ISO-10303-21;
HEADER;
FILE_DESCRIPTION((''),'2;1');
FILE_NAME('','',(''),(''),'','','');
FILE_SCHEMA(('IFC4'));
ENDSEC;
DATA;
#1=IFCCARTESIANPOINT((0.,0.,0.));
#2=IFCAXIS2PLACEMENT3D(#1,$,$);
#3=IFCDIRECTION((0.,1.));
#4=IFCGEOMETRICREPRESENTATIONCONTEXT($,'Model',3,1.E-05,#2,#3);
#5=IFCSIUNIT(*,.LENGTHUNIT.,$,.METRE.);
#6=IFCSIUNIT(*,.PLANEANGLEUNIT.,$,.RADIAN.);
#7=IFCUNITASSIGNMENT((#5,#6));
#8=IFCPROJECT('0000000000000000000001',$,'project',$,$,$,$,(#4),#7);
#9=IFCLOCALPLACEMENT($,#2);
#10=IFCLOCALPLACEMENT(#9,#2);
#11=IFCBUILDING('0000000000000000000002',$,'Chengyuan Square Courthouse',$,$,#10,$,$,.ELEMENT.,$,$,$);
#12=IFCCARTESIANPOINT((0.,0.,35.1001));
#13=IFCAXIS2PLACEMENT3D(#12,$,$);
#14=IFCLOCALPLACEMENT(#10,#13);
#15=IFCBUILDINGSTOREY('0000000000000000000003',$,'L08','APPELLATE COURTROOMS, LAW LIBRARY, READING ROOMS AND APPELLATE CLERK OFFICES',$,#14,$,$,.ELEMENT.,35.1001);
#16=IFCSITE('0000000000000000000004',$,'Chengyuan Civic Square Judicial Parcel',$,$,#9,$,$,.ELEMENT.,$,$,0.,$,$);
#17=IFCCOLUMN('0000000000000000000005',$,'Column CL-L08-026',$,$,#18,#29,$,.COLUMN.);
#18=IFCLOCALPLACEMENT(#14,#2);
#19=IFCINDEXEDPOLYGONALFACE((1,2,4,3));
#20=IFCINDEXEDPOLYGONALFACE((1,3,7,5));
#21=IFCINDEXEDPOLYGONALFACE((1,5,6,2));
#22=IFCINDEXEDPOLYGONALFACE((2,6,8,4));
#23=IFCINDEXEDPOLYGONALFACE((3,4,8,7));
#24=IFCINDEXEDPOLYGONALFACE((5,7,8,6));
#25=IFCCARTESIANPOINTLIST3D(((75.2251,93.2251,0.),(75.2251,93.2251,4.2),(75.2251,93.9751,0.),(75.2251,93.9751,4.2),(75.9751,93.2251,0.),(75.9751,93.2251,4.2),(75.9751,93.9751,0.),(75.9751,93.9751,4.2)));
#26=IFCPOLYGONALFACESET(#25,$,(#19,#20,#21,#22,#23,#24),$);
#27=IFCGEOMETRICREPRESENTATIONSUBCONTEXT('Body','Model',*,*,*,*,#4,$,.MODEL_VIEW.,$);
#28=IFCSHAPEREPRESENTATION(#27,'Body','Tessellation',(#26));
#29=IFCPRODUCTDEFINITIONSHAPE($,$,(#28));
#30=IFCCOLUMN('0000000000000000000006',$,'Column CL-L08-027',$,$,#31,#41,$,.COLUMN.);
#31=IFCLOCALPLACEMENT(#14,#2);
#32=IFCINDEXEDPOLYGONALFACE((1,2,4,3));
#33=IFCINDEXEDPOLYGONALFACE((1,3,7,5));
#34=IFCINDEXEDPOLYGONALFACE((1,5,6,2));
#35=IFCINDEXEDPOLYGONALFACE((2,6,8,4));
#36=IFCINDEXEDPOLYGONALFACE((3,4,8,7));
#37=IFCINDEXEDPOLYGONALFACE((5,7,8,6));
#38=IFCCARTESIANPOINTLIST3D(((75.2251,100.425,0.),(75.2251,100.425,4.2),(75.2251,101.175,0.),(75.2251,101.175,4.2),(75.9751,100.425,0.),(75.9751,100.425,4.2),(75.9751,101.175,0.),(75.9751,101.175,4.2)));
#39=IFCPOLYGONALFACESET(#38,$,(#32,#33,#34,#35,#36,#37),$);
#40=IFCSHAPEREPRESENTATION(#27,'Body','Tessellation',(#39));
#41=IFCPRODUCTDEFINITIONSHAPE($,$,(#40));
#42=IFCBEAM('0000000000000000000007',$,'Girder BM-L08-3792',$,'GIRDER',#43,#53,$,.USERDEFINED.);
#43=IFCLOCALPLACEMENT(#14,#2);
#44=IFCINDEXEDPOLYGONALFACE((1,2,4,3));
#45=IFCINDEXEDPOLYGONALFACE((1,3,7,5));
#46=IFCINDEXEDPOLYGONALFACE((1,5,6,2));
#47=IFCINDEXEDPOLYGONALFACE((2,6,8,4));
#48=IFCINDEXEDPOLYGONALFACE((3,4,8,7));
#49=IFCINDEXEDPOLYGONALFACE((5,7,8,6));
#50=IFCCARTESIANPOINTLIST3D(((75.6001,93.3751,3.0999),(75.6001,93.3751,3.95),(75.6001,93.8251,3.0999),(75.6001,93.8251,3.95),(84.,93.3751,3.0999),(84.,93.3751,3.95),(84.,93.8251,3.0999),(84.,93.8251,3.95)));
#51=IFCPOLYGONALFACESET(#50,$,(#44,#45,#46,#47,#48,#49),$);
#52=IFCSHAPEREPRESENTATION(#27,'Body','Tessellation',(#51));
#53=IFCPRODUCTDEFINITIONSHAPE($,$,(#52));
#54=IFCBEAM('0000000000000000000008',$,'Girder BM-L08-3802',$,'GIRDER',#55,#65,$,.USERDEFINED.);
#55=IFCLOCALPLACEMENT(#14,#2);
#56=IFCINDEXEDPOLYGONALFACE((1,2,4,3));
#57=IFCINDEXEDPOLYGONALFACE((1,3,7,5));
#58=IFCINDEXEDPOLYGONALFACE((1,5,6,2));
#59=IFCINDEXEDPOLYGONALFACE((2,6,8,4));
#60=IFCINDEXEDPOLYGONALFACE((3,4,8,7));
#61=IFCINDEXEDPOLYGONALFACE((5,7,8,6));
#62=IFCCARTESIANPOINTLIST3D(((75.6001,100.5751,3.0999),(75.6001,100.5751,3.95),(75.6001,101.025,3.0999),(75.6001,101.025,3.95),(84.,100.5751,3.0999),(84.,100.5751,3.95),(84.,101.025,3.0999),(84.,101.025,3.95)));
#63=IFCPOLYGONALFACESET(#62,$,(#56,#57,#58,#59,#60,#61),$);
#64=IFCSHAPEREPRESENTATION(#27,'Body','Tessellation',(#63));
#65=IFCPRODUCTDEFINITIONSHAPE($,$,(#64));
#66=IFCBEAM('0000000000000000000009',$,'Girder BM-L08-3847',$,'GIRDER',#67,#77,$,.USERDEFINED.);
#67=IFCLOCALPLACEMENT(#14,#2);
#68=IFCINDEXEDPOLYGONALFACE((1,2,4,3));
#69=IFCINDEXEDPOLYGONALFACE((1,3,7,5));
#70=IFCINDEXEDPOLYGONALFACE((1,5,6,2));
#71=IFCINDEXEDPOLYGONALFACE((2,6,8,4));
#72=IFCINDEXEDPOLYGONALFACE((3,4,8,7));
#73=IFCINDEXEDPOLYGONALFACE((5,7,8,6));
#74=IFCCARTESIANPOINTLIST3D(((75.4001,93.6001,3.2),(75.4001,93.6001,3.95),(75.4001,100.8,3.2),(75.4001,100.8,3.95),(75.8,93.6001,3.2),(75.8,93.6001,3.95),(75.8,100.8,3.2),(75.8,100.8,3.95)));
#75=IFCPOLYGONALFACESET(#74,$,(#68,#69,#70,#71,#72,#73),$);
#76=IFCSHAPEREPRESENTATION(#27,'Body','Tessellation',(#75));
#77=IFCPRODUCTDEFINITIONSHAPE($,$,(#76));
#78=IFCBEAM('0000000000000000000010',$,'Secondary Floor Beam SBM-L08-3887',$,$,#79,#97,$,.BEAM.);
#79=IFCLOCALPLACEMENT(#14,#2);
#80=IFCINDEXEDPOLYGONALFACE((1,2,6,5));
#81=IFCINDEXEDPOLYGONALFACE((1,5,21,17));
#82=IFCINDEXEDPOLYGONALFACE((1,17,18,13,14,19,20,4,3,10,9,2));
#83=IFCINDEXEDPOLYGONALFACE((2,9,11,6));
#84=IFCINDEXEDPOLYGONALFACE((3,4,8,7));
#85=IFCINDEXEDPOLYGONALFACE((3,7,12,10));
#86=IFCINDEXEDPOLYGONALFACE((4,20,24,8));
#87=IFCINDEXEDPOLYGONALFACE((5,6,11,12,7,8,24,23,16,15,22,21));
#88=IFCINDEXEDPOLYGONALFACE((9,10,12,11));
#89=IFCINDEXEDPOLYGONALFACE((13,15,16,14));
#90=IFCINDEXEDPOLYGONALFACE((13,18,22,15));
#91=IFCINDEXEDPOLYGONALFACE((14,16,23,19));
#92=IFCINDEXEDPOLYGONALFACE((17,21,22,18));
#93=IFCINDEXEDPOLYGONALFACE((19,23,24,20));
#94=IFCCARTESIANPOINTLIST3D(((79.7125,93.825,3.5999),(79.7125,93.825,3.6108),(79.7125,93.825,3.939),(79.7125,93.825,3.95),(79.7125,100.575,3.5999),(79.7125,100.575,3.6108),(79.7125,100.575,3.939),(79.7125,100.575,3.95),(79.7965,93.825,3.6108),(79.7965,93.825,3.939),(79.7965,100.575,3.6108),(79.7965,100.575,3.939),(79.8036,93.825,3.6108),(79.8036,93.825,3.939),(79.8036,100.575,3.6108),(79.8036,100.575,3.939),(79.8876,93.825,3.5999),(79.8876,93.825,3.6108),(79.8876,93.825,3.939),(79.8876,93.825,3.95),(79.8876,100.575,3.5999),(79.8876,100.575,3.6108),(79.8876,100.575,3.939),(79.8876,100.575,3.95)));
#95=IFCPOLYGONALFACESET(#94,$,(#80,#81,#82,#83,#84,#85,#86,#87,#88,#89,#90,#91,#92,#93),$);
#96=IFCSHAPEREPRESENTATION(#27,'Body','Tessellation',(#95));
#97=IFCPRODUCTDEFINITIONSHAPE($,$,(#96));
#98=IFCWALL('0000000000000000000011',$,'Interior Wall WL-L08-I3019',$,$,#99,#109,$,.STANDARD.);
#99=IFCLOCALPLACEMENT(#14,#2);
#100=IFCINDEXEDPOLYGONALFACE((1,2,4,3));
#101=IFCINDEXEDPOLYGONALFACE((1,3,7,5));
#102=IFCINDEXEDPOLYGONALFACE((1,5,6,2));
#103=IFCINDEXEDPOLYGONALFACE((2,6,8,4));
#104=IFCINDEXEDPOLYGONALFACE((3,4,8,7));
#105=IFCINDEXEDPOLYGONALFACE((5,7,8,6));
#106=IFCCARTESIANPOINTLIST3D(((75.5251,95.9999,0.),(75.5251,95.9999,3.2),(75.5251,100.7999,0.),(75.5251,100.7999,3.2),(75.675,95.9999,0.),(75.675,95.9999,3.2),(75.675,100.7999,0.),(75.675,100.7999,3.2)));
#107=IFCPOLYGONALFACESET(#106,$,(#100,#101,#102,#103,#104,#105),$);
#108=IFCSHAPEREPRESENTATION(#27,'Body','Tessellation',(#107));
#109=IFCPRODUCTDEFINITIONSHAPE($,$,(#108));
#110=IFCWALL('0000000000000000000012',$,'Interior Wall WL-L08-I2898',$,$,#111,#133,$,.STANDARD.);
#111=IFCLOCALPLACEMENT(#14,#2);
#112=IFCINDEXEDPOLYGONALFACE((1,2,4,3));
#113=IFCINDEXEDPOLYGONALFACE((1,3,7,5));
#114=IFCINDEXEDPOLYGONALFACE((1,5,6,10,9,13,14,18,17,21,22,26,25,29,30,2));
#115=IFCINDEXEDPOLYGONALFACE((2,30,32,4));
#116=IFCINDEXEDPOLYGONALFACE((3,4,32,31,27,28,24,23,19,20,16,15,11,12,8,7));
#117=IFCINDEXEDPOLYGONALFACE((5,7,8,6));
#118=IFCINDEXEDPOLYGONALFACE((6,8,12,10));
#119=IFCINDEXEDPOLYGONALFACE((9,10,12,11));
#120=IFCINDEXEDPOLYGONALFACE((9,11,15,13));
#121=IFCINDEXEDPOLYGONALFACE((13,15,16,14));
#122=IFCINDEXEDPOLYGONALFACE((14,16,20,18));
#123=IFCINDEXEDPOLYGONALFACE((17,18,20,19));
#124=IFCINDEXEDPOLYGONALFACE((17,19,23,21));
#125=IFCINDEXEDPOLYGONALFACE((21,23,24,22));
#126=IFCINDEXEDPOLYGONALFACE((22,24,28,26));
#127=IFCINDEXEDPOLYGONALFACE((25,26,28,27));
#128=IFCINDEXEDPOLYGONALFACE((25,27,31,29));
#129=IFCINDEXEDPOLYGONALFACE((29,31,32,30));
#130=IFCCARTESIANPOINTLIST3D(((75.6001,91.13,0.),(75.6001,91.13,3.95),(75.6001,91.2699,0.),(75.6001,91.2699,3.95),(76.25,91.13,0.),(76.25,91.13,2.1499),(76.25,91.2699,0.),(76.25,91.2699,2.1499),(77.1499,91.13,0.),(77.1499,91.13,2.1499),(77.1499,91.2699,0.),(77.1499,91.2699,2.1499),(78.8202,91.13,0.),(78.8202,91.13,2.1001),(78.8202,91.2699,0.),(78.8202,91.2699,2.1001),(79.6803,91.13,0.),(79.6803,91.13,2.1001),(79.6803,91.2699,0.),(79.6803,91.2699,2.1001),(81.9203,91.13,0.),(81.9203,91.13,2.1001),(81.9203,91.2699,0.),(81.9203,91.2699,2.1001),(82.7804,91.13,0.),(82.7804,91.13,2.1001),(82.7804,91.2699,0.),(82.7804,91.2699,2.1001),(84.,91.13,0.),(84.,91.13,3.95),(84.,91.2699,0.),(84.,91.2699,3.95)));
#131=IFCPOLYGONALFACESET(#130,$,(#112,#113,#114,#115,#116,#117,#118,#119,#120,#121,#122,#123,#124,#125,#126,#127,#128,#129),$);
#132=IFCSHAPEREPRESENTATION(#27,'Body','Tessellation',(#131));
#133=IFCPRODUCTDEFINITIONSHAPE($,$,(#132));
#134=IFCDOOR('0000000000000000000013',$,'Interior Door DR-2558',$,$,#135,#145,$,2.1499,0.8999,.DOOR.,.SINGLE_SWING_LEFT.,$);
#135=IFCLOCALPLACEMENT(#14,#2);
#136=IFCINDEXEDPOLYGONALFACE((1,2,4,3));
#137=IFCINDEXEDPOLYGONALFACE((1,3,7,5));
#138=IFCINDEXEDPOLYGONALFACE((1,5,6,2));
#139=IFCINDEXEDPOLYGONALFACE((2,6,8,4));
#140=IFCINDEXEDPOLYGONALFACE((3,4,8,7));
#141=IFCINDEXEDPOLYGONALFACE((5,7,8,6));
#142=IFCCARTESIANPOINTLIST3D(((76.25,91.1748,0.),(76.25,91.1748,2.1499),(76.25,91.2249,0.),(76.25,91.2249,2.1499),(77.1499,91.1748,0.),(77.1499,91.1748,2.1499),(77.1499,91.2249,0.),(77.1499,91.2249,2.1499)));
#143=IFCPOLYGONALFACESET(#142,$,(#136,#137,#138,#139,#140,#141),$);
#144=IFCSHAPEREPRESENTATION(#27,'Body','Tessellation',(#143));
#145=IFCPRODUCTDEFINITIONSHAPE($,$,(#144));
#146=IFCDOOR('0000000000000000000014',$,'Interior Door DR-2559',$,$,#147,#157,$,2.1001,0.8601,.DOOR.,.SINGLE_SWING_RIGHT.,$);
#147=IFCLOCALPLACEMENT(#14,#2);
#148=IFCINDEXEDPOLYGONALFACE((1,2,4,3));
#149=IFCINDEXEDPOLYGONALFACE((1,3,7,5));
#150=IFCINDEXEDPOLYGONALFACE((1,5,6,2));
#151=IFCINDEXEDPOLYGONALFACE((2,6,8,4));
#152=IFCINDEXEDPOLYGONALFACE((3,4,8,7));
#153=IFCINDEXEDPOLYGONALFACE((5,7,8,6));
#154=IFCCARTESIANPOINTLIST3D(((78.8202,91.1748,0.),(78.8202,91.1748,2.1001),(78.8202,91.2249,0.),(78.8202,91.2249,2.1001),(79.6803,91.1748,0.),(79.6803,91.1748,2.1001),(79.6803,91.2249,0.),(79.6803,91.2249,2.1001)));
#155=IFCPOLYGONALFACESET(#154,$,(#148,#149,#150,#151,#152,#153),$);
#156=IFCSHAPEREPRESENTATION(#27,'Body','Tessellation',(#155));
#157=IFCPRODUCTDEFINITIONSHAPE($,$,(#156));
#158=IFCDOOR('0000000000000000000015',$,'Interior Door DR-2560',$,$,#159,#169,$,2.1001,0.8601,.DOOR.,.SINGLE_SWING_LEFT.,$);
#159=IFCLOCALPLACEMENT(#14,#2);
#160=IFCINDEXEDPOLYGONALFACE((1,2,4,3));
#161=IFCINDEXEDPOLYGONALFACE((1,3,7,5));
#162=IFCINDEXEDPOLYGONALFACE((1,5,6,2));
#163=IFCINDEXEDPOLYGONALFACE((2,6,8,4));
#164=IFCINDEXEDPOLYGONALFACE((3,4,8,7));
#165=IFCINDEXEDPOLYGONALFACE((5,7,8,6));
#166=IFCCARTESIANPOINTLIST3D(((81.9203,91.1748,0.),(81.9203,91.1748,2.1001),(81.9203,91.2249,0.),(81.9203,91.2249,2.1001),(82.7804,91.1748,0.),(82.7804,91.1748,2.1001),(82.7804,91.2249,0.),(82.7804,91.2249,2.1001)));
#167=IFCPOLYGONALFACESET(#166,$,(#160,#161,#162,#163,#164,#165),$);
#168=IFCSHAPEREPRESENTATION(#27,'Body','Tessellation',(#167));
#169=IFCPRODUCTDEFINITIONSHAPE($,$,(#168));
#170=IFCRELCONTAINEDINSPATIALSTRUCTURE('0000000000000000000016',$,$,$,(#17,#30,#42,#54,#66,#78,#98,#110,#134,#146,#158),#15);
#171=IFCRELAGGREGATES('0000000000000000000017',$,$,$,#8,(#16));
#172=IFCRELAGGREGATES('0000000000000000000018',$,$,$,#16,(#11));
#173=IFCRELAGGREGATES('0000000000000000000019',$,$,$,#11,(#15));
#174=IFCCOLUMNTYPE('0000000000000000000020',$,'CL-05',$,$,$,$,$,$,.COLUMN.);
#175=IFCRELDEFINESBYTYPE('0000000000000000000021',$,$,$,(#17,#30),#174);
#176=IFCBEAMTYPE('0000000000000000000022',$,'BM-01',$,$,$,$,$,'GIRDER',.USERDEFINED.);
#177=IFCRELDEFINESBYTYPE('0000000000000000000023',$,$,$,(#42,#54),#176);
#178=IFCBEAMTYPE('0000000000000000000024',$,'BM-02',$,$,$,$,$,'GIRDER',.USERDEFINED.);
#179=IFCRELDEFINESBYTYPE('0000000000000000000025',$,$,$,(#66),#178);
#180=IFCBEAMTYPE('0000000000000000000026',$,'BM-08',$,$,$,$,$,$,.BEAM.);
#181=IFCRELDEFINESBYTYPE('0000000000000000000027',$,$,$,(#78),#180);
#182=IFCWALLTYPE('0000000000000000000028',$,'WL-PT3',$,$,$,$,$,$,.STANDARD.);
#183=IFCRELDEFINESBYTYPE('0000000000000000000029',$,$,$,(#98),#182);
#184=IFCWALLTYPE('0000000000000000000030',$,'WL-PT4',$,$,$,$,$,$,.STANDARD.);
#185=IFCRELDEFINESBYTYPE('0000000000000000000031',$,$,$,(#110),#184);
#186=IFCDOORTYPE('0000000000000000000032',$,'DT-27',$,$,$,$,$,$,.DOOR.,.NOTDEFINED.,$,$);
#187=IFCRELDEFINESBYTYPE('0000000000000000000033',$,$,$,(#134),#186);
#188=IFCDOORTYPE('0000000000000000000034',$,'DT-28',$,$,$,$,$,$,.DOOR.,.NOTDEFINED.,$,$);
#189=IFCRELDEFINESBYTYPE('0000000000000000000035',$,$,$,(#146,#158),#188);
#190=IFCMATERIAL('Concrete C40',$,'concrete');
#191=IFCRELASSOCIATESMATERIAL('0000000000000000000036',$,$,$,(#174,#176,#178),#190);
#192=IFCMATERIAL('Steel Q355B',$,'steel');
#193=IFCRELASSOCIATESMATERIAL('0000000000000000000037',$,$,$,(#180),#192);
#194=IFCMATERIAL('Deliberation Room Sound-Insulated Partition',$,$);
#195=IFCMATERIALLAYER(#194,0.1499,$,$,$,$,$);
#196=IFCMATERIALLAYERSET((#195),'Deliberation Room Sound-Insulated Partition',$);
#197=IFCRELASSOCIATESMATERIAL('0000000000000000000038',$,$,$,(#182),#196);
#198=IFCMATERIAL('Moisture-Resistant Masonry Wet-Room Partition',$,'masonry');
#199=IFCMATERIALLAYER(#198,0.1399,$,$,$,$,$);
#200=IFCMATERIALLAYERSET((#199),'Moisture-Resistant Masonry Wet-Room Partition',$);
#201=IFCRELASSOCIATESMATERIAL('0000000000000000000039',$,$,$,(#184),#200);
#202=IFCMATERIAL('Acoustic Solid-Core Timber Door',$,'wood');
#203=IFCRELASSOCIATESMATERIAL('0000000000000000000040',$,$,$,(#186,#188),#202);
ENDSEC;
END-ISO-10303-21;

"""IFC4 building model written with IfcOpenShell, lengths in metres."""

from ifc_helpers import new_model, si_unit, direction, frame, frame_2d, origin, origin_2d, place, context, subcontext, project, spatial, rectangle, i_section, extrude, material, layer, layer_set, material_profile, profile_set, type_object, element, fill, save


model = new_model("IFC4")

# Units and contexts
model_context = context("Model", 3, precision=1e-05, world=origin(), true_north=direction((0.0, 1.0)))
body_context = subcontext(model_context, "Body", "Model", "MODEL_VIEW")
ifc_project = project(units=[si_unit("LENGTHUNIT", "METRE"), si_unit("PLANEANGLEUNIT", "RADIAN")], contexts=[model_context])

# Site, building, storey
site_placement = place(None, origin())
site = spatial("IfcSite", under=ifc_project, at=site_placement, Name="Chengyuan Civic Square Judicial Parcel", CompositionType="ELEMENT", RefElevation=0.0)
building_placement = place(site_placement, origin())
building = spatial("IfcBuilding", under=site, at=building_placement, Name="Chengyuan Square Courthouse", CompositionType="ELEMENT")
storey_placement = place(building_placement, frame((0.0, 0.0, 35.1001)))
storey = spatial("IfcBuildingStorey", under=building, at=storey_placement, Name="L08", Description="APPELLATE COURTROOMS, LAW LIBRARY, READING ROOMS AND APPELLATE CLERK OFFICES", CompositionType="ELEMENT", Elevation=35.1001)

# Columns
ifc_material_1 = material(Name="Concrete C40", Category="concrete")
ifc_material_profile_1 = material_profile(ifc_material_1, rectangle(XDim=0.75, YDim=0.75, at=origin_2d()), Name="RC-COL-750x750")
ifc_profile_set_1 = profile_set([ifc_material_profile_1], Name="Concrete C40")
column_type = type_object("IfcColumnType", Name="CL-05", PredefinedType="COLUMN", material=ifc_profile_set_1)
for number, where, z_axis, x_axis, name in (
    (1, (75.6001, 93.6001, 0.0), (0.0, 0.0, 1.0), (1.0, 0.0, 0.0), "Column CL-L08-026"),
    (2, (75.6001, 100.8, 0.0), (0.0, 0.0, 1.0), (1.0, 0.0, 0.0), "Column CL-L08-027"),
):
    element("IfcColumn", number, at=place(storey_placement, frame(where, z_axis=z_axis, x_axis=x_axis)), inside=storey, type_object=column_type, Name=name, PredefinedType="COLUMN", context=body_context, shape_type="SweptSolid", body=[
        extrude(rectangle(XDim=0.75, YDim=0.75, at=origin_2d()), origin(), (0.0, 0.0, 1.0), 4.2),
    ])

# Beams
ifc_material_profile_2 = material_profile(ifc_material_1, rectangle(XDim=0.45, YDim=0.8501, at=origin_2d()), Name="RC-BM-450x850")
ifc_profile_set_2 = profile_set([ifc_material_profile_2], Name="Concrete C40")
beam_type_1 = type_object("IfcBeamType", Name="BM-01", ElementType="GIRDER", PredefinedType="USERDEFINED", material=ifc_profile_set_2)
for number, where, z_axis, x_axis, name in (
    (3, (75.6001, 93.6001, 3.5249), (1.0, 0.0, 0.0), (0.0, 1.0, 0.0), "Girder BM-L08-3792"),
    (4, (75.6001, 100.8, 3.5249), (1.0, 0.0, 0.0), (0.0, 1.0, 0.0), "Girder BM-L08-3802"),
):
    element("IfcBeam", number, at=place(storey_placement, frame(where, z_axis=z_axis, x_axis=x_axis)), inside=storey, type_object=beam_type_1, Name=name, ObjectType="GIRDER", PredefinedType="USERDEFINED", context=body_context, shape_type="SweptSolid", body=[
        extrude(rectangle(XDim=0.45, YDim=0.8501, at=origin_2d()), origin(), (0.0, 0.0, 1.0), 8.3999),
    ])
ifc_material_profile_3 = material_profile(ifc_material_1, rectangle(XDim=0.3999, YDim=0.75, at=origin_2d()), Name="RC-BM-400x750")
ifc_profile_set_3 = profile_set([ifc_material_profile_3], Name="Concrete C40")
beam_type_2 = type_object("IfcBeamType", Name="BM-02", ElementType="GIRDER", PredefinedType="USERDEFINED", material=ifc_profile_set_3)
beam_1_placement = place(storey_placement, frame((75.6001, 93.6001, 3.575), z_axis=(0.0, 1.0, 0.0), x_axis=(-1.0, 0.0, 0.0)))
element("IfcBeam", 5, at=beam_1_placement, inside=storey, type_object=beam_type_2, Name="Girder BM-L08-3847", ObjectType="GIRDER", PredefinedType="USERDEFINED", context=body_context, shape_type="SweptSolid", body=[
    extrude(rectangle(XDim=0.3999, YDim=0.75, at=origin_2d()), origin(), (0.0, 0.0, 1.0), 7.2),
])
ifc_material_2 = material(Name="Steel Q355B", Category="steel")
ifc_material_profile_4 = material_profile(ifc_material_2, i_section(OverallWidth=0.175, OverallDepth=0.3501, WebThickness=0.0071, FlangeThickness=0.011, at=origin_2d()), Name="HN 350x175x7x11")
ifc_profile_set_4 = profile_set([ifc_material_profile_4], Name="Steel Q355B")
beam_type_3 = type_object("IfcBeamType", Name="BM-08", PredefinedType="BEAM", material=ifc_profile_set_4)
beam_2_placement = place(storey_placement, frame((79.8, 93.825, 3.7749), z_axis=(0.0, 1.0, 0.0), x_axis=(-1.0, 0.0, 0.0)))
element("IfcBeam", 6, at=beam_2_placement, inside=storey, type_object=beam_type_3, Name="Secondary Floor Beam SBM-L08-3887", PredefinedType="BEAM", context=body_context, shape_type="SweptSolid", body=[
    extrude(i_section(OverallWidth=0.175, OverallDepth=0.3501, WebThickness=0.0071, FlangeThickness=0.011, at=origin_2d()), origin(), (0.0, 0.0, 1.0), 6.75),
])

# Wall
ifc_material_3 = material(Name="Deliberation Room Sound-Insulated Partition")
ifc_layer_1 = layer(ifc_material_3, 0.1499)
ifc_layer_set_1 = layer_set([ifc_layer_1], Name="Deliberation Room Sound-Insulated Partition")
wall_type_1 = type_object("IfcWallType", Name="WL-PT3", PredefinedType="STANDARD", material=ifc_layer_set_1)
wall_1_placement = place(storey_placement, frame((75.6001, 96.0, 0.0), z_axis=(0.0, 0.0, 1.0), x_axis=(0.0, 1.0, 0.0)))
element("IfcWall", 7, at=wall_1_placement, inside=storey, type_object=wall_type_1, Name="Interior Wall WL-L08-I3019", PredefinedType="STANDARD", context=body_context, shape_type="SweptSolid", body=[
    extrude(rectangle(XDim=4.8, YDim=0.1499, at=frame_2d((2.3999, 0.0))), origin(), (0.0, 0.0, 1.0), 3.2),
])

# Wall, openings, doors
ifc_material_4 = material(Name="Moisture-Resistant Masonry Wet-Room Partition", Category="masonry")
ifc_layer_2 = layer(ifc_material_4, 0.1399)
ifc_layer_set_2 = layer_set([ifc_layer_2], Name="Moisture-Resistant Masonry Wet-Room Partition")
wall_type_2 = type_object("IfcWallType", Name="WL-PT4", PredefinedType="STANDARD", material=ifc_layer_set_2)
wall_2_placement = place(storey_placement, frame((75.6001, 91.2, 0.0), z_axis=(0.0, 0.0, 1.0), x_axis=(1.0, 0.0, 0.0)))
wall_2 = element("IfcWall", 8, at=wall_2_placement, inside=storey, type_object=wall_type_2, Name="Interior Wall WL-L08-I2898", PredefinedType="STANDARD", context=body_context, shape_type="SweptSolid", body=[
    extrude(rectangle(XDim=8.3999, YDim=0.1399, at=frame_2d((4.2, 0.0))), origin(), (0.0, 0.0, 1.0), 3.95),
])
opening_1_placement = place(wall_2_placement, frame((0.6499, 0.0, 0.0)))
opening_1 = element("IfcOpeningElement", 9, at=opening_1_placement, cuts=wall_2, PredefinedType="OPENING", context=body_context, shape_type="SweptSolid", body=[
    extrude(rectangle(XDim=0.8999, YDim=2.1499, at=frame_2d((0.45, 1.075))), frame((0.0, 0.082, 0.0), z_axis=(0.0, -1.0, 0.0), x_axis=(1.0, 0.0, 0.0)), (0.0, 0.0, 1.0), 0.1638),
])
opening_2_placement = place(wall_2_placement, frame((3.22, 0.0, 0.0)))
opening_2 = element("IfcOpeningElement", 10, at=opening_2_placement, cuts=wall_2, PredefinedType="OPENING", context=body_context, shape_type="SweptSolid", body=[
    extrude(rectangle(XDim=0.8601, YDim=2.1001, at=frame_2d((0.4302, 1.05))), frame((0.0, 0.082, 0.0), z_axis=(0.0, -1.0, 0.0), x_axis=(1.0, 0.0, 0.0)), (0.0, 0.0, 1.0), 0.1638),
])
opening_3_placement = place(wall_2_placement, frame((6.3201, 0.0, 0.0)))
opening_3 = element("IfcOpeningElement", 11, at=opening_3_placement, cuts=wall_2, PredefinedType="OPENING", context=body_context, shape_type="SweptSolid", body=[
    extrude(rectangle(XDim=0.8601, YDim=2.1001, at=frame_2d((0.4302, 1.05))), frame((0.0, 0.082, 0.0), z_axis=(0.0, -1.0, 0.0), x_axis=(1.0, 0.0, 0.0)), (0.0, 0.0, 1.0), 0.1638),
])
ifc_material_5 = material(Name="Acoustic Solid-Core Timber Door", Category="wood")
door_type_1 = type_object("IfcDoorType", Name="DT-27", OperationType="NOTDEFINED", PredefinedType="DOOR", material=ifc_material_5)
door_1_placement = place(opening_1_placement, origin())
door_1 = element("IfcDoor", 12, at=door_1_placement, inside=storey, type_object=door_type_1, Name="Interior Door DR-2558", OperationType="SINGLE_SWING_LEFT", OverallHeight=2.1499, OverallWidth=0.8999, PredefinedType="DOOR", context=body_context, shape_type="SweptSolid", body=[
    extrude(rectangle(XDim=0.8999, YDim=2.1499, at=frame_2d((0.45, 1.075))), frame((0.0, 0.0249, 0.0), z_axis=(0.0, -1.0, 0.0), x_axis=(1.0, 0.0, 0.0)), (0.0, 0.0, 1.0), 0.05),
])
fill(opening_1, door_1)
door_type_2 = type_object("IfcDoorType", Name="DT-28", OperationType="NOTDEFINED", PredefinedType="DOOR", material=ifc_material_5)
door_2_placement = place(opening_2_placement, origin())
door_2 = element("IfcDoor", 13, at=door_2_placement, inside=storey, type_object=door_type_2, Name="Interior Door DR-2559", OperationType="SINGLE_SWING_RIGHT", OverallHeight=2.1001, OverallWidth=0.8601, PredefinedType="DOOR", context=body_context, shape_type="SweptSolid", body=[
    extrude(rectangle(XDim=0.8601, YDim=2.1001, at=frame_2d((0.4302, 1.05))), frame((0.0, 0.0249, 0.0), z_axis=(0.0, -1.0, 0.0), x_axis=(1.0, 0.0, 0.0)), (0.0, 0.0, 1.0), 0.05),
])
fill(opening_2, door_2)
door_3_placement = place(opening_3_placement, origin())
door_3 = element("IfcDoor", 14, at=door_3_placement, inside=storey, type_object=door_type_2, Name="Interior Door DR-2560", OperationType="SINGLE_SWING_LEFT", OverallHeight=2.1001, OverallWidth=0.8601, PredefinedType="DOOR", context=body_context, shape_type="SweptSolid", body=[
    extrude(rectangle(XDim=0.8601, YDim=2.1001, at=frame_2d((0.4302, 1.05))), frame((0.0, 0.0249, 0.0), z_axis=(0.0, -1.0, 0.0), x_axis=(1.0, 0.0, 0.0)), (0.0, 0.0, 1.0), 0.05),
])
fill(opening_3, door_3)

save(model, "model.ifc")
